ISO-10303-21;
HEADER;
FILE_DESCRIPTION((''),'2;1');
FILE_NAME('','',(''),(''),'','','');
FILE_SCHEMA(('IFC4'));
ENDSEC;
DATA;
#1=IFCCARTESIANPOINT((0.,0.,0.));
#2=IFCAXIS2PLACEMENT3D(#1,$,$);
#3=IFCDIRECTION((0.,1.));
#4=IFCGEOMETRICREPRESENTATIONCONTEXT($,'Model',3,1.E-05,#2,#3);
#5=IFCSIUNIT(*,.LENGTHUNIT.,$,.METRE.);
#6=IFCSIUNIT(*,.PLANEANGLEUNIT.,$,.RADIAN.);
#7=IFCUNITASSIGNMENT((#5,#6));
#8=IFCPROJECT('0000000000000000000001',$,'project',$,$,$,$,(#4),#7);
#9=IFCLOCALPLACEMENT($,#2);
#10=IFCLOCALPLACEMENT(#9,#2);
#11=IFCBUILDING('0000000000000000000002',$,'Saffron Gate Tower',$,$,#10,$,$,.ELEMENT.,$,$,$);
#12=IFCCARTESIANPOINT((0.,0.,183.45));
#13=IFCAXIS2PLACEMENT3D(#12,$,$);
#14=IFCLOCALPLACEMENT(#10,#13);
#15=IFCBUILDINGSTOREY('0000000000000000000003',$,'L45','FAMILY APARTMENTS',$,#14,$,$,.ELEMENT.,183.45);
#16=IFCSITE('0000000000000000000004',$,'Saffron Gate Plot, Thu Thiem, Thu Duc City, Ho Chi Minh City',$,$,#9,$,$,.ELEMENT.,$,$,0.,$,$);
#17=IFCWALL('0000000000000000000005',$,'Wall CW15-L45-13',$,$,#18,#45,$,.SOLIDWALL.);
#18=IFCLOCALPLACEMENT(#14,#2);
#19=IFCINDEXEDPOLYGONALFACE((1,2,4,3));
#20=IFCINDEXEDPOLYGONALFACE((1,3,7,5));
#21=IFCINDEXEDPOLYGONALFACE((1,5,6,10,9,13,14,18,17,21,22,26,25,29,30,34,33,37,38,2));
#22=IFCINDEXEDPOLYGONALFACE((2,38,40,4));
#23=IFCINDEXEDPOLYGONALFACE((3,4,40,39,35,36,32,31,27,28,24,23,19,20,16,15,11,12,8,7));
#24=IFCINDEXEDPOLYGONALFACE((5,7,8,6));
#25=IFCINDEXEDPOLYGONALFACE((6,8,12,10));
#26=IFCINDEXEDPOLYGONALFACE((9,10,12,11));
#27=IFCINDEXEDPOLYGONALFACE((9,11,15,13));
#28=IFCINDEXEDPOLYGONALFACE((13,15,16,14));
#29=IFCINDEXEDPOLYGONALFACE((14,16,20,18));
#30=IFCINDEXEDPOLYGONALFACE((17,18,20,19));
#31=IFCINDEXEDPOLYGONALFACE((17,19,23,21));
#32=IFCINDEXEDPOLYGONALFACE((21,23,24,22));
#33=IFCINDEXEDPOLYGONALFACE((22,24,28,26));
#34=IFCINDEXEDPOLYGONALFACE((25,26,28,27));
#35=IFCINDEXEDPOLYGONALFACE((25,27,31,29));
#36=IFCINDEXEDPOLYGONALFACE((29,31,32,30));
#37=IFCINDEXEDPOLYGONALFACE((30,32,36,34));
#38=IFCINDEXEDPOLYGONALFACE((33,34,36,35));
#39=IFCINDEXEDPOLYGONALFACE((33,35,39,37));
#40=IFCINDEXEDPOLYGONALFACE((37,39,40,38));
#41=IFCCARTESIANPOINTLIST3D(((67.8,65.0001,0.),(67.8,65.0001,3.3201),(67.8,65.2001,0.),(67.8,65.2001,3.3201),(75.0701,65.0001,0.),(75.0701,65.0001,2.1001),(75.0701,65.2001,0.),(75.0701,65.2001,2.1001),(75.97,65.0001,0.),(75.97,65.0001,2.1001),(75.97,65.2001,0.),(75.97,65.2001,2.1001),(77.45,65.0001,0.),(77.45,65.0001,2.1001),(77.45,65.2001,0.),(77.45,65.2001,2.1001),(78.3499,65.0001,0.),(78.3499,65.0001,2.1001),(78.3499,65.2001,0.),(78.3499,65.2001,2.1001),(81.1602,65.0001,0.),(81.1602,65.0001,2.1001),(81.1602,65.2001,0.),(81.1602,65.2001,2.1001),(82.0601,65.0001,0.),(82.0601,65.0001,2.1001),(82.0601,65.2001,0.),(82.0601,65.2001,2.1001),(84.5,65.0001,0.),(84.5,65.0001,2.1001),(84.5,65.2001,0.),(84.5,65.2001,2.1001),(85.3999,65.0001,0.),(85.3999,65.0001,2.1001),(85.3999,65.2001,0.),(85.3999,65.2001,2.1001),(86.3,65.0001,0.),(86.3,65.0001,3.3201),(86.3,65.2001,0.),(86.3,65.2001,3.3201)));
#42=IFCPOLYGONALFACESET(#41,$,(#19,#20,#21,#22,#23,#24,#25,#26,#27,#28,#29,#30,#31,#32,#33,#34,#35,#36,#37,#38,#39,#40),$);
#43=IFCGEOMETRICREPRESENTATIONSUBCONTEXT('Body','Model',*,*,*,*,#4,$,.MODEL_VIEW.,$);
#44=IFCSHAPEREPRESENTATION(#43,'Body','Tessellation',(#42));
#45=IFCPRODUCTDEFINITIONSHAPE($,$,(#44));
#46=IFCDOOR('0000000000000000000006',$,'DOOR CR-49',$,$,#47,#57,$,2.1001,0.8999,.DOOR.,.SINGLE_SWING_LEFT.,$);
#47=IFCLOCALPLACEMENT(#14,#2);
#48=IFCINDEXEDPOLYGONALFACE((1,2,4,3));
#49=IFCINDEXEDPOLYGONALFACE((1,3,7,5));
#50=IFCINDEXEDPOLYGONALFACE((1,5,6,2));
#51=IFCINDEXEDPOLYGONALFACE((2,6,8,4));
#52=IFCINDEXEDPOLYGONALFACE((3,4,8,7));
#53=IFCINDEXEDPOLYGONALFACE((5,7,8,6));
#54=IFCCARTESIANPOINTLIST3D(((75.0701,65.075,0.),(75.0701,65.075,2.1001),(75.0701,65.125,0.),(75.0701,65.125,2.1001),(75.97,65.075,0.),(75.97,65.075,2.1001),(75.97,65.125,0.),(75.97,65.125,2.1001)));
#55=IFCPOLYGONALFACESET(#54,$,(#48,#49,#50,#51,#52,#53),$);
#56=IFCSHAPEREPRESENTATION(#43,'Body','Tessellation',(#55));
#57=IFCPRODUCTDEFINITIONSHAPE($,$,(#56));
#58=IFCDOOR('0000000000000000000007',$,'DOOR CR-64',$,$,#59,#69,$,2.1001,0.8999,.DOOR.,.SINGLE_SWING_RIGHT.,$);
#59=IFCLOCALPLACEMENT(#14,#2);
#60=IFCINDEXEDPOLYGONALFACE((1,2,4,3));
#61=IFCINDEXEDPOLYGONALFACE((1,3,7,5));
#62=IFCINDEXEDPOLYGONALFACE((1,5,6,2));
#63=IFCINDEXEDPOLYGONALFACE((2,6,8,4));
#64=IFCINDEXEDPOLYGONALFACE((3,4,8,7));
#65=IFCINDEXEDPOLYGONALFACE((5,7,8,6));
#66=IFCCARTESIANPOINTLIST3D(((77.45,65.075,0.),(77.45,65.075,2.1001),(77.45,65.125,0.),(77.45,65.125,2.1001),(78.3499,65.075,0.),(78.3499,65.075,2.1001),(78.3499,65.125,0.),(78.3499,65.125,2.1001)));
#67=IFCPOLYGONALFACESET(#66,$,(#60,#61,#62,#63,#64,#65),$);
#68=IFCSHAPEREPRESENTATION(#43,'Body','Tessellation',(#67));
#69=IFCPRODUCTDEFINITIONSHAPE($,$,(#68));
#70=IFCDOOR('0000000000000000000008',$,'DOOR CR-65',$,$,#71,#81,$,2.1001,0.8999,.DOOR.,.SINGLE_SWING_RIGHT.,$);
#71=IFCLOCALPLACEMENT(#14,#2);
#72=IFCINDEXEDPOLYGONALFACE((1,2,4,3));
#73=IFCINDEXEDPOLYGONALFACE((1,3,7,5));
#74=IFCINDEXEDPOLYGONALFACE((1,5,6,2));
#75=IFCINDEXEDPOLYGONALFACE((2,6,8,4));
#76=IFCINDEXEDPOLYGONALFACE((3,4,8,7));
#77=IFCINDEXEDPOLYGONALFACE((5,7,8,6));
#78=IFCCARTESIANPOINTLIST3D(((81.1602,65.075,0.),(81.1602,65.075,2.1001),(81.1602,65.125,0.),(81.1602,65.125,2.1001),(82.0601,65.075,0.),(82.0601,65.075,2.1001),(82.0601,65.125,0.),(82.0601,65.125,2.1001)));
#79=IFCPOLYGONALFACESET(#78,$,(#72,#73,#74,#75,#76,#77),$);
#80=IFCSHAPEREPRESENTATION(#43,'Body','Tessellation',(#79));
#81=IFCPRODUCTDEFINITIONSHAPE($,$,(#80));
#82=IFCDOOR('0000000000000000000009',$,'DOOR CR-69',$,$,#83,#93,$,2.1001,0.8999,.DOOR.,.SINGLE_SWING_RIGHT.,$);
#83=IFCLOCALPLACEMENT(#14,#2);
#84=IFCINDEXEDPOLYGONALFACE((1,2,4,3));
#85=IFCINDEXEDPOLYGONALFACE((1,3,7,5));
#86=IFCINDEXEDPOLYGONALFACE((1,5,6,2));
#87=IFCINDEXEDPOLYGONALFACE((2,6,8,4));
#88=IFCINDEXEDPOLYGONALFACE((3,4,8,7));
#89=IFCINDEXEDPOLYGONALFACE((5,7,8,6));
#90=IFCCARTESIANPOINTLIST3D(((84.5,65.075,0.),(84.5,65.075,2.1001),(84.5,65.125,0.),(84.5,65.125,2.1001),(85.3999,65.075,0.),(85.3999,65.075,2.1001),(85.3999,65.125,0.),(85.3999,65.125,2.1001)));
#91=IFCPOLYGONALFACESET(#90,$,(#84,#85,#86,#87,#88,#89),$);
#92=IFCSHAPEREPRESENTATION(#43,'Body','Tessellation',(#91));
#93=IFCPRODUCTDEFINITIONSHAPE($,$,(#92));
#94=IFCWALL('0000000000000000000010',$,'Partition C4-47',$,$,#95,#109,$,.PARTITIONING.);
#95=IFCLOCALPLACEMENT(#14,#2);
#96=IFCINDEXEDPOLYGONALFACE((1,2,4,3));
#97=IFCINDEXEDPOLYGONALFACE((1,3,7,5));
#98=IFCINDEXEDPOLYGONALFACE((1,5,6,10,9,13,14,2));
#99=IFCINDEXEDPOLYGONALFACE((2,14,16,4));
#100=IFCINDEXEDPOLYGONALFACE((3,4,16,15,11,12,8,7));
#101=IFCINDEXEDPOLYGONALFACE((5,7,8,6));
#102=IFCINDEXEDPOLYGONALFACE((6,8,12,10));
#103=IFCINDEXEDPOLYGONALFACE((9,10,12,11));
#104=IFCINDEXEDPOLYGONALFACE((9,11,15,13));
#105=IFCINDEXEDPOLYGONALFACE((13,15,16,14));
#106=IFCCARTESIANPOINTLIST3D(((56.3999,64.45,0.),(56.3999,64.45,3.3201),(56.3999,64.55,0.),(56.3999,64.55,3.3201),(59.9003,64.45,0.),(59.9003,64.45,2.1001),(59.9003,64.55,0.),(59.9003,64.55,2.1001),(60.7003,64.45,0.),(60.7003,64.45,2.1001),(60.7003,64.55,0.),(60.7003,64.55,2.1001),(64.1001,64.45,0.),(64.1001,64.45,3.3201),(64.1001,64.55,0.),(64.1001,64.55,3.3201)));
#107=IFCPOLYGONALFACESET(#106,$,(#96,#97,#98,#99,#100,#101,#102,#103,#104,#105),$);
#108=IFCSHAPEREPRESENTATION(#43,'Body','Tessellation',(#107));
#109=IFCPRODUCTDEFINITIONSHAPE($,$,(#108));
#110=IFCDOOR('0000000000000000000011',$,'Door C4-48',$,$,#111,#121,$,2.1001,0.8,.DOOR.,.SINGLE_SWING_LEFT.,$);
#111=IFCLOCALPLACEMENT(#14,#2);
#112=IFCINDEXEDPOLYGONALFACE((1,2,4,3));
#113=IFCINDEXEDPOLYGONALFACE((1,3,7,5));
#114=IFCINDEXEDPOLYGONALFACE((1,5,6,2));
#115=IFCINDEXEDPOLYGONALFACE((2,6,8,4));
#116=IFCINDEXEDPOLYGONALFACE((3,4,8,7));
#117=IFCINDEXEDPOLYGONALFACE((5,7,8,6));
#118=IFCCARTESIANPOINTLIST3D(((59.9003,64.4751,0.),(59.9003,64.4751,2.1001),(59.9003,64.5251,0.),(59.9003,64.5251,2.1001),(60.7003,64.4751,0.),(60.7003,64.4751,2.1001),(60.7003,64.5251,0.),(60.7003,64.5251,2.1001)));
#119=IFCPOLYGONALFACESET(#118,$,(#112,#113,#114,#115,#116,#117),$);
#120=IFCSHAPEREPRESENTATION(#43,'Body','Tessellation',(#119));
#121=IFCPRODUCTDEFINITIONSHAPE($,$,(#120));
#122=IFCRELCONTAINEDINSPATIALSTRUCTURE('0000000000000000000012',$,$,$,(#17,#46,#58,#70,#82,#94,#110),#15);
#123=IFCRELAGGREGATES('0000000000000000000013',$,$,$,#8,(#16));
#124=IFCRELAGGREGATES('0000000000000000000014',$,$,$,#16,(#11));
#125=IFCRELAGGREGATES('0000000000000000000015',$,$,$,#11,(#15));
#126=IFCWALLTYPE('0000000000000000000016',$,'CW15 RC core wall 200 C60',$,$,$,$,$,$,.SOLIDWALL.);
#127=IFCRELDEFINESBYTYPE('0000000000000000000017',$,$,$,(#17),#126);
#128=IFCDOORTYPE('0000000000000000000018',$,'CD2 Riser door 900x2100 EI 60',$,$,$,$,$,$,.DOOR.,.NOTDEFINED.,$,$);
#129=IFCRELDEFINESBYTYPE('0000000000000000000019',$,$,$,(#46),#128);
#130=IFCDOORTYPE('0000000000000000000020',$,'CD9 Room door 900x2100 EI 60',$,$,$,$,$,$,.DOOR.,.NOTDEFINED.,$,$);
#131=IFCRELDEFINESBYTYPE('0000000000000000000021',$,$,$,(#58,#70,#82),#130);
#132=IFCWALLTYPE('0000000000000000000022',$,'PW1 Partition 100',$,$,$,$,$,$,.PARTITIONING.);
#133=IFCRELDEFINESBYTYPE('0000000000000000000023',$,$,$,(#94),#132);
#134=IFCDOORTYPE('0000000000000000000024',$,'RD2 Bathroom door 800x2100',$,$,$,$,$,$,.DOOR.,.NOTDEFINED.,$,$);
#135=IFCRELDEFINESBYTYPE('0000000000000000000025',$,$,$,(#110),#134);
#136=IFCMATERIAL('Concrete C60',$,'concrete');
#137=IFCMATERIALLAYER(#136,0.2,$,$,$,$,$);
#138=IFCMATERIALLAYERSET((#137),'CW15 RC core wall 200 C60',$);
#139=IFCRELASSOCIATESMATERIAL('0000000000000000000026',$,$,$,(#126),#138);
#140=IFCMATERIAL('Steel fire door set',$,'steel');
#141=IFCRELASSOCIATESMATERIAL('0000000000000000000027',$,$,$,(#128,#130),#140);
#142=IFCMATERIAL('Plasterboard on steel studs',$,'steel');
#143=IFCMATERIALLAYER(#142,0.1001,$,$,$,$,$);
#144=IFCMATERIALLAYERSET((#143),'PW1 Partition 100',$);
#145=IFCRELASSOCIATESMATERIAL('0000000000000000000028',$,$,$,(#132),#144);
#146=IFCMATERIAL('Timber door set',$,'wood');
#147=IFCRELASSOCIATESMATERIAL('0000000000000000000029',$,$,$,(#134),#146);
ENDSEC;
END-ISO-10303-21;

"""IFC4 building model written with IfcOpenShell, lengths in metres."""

from ifc_helpers import new_model, si_unit, direction, frame, frame_2d, origin, place, context, subcontext, project, spatial, rectangle, extrude, material, layer, layer_set, type_object, element, fill, save


model = new_model("IFC4")

# Units and contexts
model_context = context("Model", 3, precision=1e-05, world=origin(), true_north=direction((0.0, 1.0)))
body_context = subcontext(model_context, "Body", "Model", "MODEL_VIEW")
ifc_project = project(units=[si_unit("LENGTHUNIT", "METRE"), si_unit("PLANEANGLEUNIT", "RADIAN")], contexts=[model_context])

# Site, building, storey
site_placement = place(None, origin())
site = spatial("IfcSite", under=ifc_project, at=site_placement, Name="Saffron Gate Plot, Thu Thiem, Thu Duc City, Ho Chi Minh City", CompositionType="ELEMENT", RefElevation=0.0)
building_placement = place(site_placement, origin())
building = spatial("IfcBuilding", under=site, at=building_placement, Name="Saffron Gate Tower", CompositionType="ELEMENT")
storey_placement = place(building_placement, frame((0.0, 0.0, 183.45)))
storey = spatial("IfcBuildingStorey", under=building, at=storey_placement, Name="L45", Description="FAMILY APARTMENTS", CompositionType="ELEMENT", Elevation=183.45)

# Shared definitions
ifc_material_1 = material(Name="Concrete C60", Category="concrete")
ifc_material_2 = material(Name="Steel fire door set", Category="steel")

# Wall, openings, doors
ifc_layer_1 = layer(ifc_material_1, 0.2)
ifc_layer_set_1 = layer_set([ifc_layer_1], Name="CW15 RC core wall 200 C60")
wall_type_1 = type_object("IfcWallType", Name="CW15 RC core wall 200 C60", PredefinedType="SOLIDWALL", material=ifc_layer_set_1)
wall_1_placement = place(storey_placement, frame((67.8, 65.1001, 0.0), z_axis=(0.0, 0.0, 1.0), x_axis=(1.0, 0.0, 0.0)))
wall_1 = element("IfcWall", 1, at=wall_1_placement, inside=storey, type_object=wall_type_1, Name="Wall CW15-L45-13", PredefinedType="SOLIDWALL", context=body_context, shape_type="SweptSolid", body=[
    extrude(rectangle(XDim=18.5, YDim=0.2, at=frame_2d((9.25, 0.0))), origin(), (0.0, 0.0, 1.0), 3.3201),
])
opening_1_placement = place(wall_1_placement, frame((7.27, 0.0, 0.0)))
opening_1 = element("IfcOpeningElement", 2, at=opening_1_placement, cuts=wall_1, PredefinedType="OPENING", context=body_context, shape_type="SweptSolid", body=[
    extrude(rectangle(XDim=0.8999, YDim=2.1001, at=frame_2d((0.45, 1.05))), frame((0.0, 0.1099, 0.0), z_axis=(0.0, -1.0, 0.0), x_axis=(1.0, 0.0, 0.0)), (0.0, 0.0, 1.0), 0.22),
])
opening_2_placement = place(wall_1_placement, frame((9.6499, 0.0, 0.0)))
opening_2 = element("IfcOpeningElement", 3, at=opening_2_placement, cuts=wall_1, PredefinedType="OPENING", context=body_context, shape_type="SweptSolid", body=[
    extrude(rectangle(XDim=0.8999, YDim=2.1001, at=frame_2d((0.45, 1.05))), frame((0.0, 0.1099, 0.0), z_axis=(0.0, -1.0, 0.0), x_axis=(1.0, 0.0, 0.0)), (0.0, 0.0, 1.0), 0.22),
])
opening_3_placement = place(wall_1_placement, frame((13.3601, 0.0, 0.0)))
opening_3 = element("IfcOpeningElement", 4, at=opening_3_placement, cuts=wall_1, PredefinedType="OPENING", context=body_context, shape_type="SweptSolid", body=[
    extrude(rectangle(XDim=0.8999, YDim=2.1001, at=frame_2d((0.45, 1.05))), frame((0.0, 0.1099, 0.0), z_axis=(0.0, -1.0, 0.0), x_axis=(1.0, 0.0, 0.0)), (0.0, 0.0, 1.0), 0.22),
])
opening_4_placement = place(wall_1_placement, frame((16.7, 0.0, 0.0)))
opening_4 = element("IfcOpeningElement", 5, at=opening_4_placement, cuts=wall_1, PredefinedType="OPENING", context=body_context, shape_type="SweptSolid", body=[
    extrude(rectangle(XDim=0.8999, YDim=2.1001, at=frame_2d((0.45, 1.05))), frame((0.0, 0.1099, 0.0), z_axis=(0.0, -1.0, 0.0), x_axis=(1.0, 0.0, 0.0)), (0.0, 0.0, 1.0), 0.22),
])
door_type_1 = type_object("IfcDoorType", Name="CD2 Riser door 900x2100 EI 60", OperationType="NOTDEFINED", PredefinedType="DOOR", material=ifc_material_2)
door_1_placement = place(opening_1_placement, origin())
door_1 = element("IfcDoor", 6, at=door_1_placement, inside=storey, type_object=door_type_1, Name="DOOR CR-49", OperationType="SINGLE_SWING_LEFT", OverallHeight=2.1001, OverallWidth=0.8999, PredefinedType="DOOR", context=body_context, shape_type="SweptSolid", body=[
    extrude(rectangle(XDim=0.8999, YDim=2.1001, at=frame_2d((0.45, 1.05))), frame((0.0, 0.0249, 0.0), z_axis=(0.0, -1.0, 0.0), x_axis=(1.0, 0.0, 0.0)), (0.0, 0.0, 1.0), 0.05),
])
fill(opening_1, door_1)
door_type_2 = type_object("IfcDoorType", Name="CD9 Room door 900x2100 EI 60", OperationType="NOTDEFINED", PredefinedType="DOOR", material=ifc_material_2)
door_2_placement = place(opening_2_placement, origin())
door_2 = element("IfcDoor", 7, at=door_2_placement, inside=storey, type_object=door_type_2, Name="DOOR CR-64", OperationType="SINGLE_SWING_RIGHT", OverallHeight=2.1001, OverallWidth=0.8999, PredefinedType="DOOR", context=body_context, shape_type="SweptSolid", body=[
    extrude(rectangle(XDim=0.8999, YDim=2.1001, at=frame_2d((0.45, 1.05))), frame((0.0, 0.0249, 0.0), z_axis=(0.0, -1.0, 0.0), x_axis=(1.0, 0.0, 0.0)), (0.0, 0.0, 1.0), 0.05),
])
fill(opening_2, door_2)
door_3_placement = place(opening_3_placement, origin())
door_3 = element("IfcDoor", 8, at=door_3_placement, inside=storey, type_object=door_type_2, Name="DOOR CR-65", OperationType="SINGLE_SWING_RIGHT", OverallHeight=2.1001, OverallWidth=0.8999, PredefinedType="DOOR", context=body_context, shape_type="SweptSolid", body=[
    extrude(rectangle(XDim=0.8999, YDim=2.1001, at=frame_2d((0.45, 1.05))), frame((0.0, 0.0249, 0.0), z_axis=(0.0, -1.0, 0.0), x_axis=(1.0, 0.0, 0.0)), (0.0, 0.0, 1.0), 0.05),
])
fill(opening_3, door_3)
door_4_placement = place(opening_4_placement, origin())
door_4 = element("IfcDoor", 9, at=door_4_placement, inside=storey, type_object=door_type_2, Name="DOOR CR-69", OperationType="SINGLE_SWING_RIGHT", OverallHeight=2.1001, OverallWidth=0.8999, PredefinedType="DOOR", context=body_context, shape_type="SweptSolid", body=[
    extrude(rectangle(XDim=0.8999, YDim=2.1001, at=frame_2d((0.45, 1.05))), frame((0.0, 0.0249, 0.0), z_axis=(0.0, -1.0, 0.0), x_axis=(1.0, 0.0, 0.0)), (0.0, 0.0, 1.0), 0.05),
])
fill(opening_4, door_4)

# Wall, opening, door
ifc_material_3 = material(Name="Plasterboard on steel studs", Category="steel")
ifc_layer_2 = layer(ifc_material_3, 0.1001)
ifc_layer_set_2 = layer_set([ifc_layer_2], Name="PW1 Partition 100")
wall_type_2 = type_object("IfcWallType", Name="PW1 Partition 100", PredefinedType="PARTITIONING", material=ifc_layer_set_2)
wall_2_placement = place(storey_placement, frame((64.1001, 64.5, 0.0), z_axis=(0.0, 0.0, 1.0), x_axis=(-1.0, 0.0, 0.0)))
wall_2 = element("IfcWall", 10, at=wall_2_placement, inside=storey, type_object=wall_type_2, Name="Partition C4-47", PredefinedType="PARTITIONING", context=body_context, shape_type="SweptSolid", body=[
    extrude(rectangle(XDim=7.7002, YDim=0.1001, at=frame_2d((3.8501, 0.0))), origin(), (0.0, 0.0, 1.0), 3.3201),
])
opening_5_placement = place(wall_2_placement, frame((3.3999, 0.0, 0.0)))
opening_5 = element("IfcOpeningElement", 11, at=opening_5_placement, cuts=wall_2, PredefinedType="OPENING", context=body_context, shape_type="SweptSolid", body=[
    extrude(rectangle(XDim=0.8, YDim=2.1001, at=frame_2d((0.3999, 1.05))), frame((0.0, 0.0601, 0.0), z_axis=(0.0, -1.0, 0.0), x_axis=(1.0, 0.0, 0.0)), (0.0, 0.0, 1.0), 0.1201),
])
ifc_material_4 = material(Name="Timber door set", Category="wood")
door_type_3 = type_object("IfcDoorType", Name="RD2 Bathroom door 800x2100", OperationType="NOTDEFINED", PredefinedType="DOOR", material=ifc_material_4)
door_5_placement = place(opening_5_placement, origin())
door_5 = element("IfcDoor", 12, at=door_5_placement, inside=storey, type_object=door_type_3, Name="Door C4-48", OperationType="SINGLE_SWING_LEFT", OverallHeight=2.1001, OverallWidth=0.8, PredefinedType="DOOR", context=body_context, shape_type="SweptSolid", body=[
    extrude(rectangle(XDim=0.8, YDim=2.1001, at=frame_2d((0.3999, 1.05))), frame((0.0, 0.0249, 0.0), z_axis=(0.0, -1.0, 0.0), x_axis=(1.0, 0.0, 0.0)), (0.0, 0.0, 1.0), 0.05),
])
fill(opening_5, door_5)

save(model, "model.ifc")
